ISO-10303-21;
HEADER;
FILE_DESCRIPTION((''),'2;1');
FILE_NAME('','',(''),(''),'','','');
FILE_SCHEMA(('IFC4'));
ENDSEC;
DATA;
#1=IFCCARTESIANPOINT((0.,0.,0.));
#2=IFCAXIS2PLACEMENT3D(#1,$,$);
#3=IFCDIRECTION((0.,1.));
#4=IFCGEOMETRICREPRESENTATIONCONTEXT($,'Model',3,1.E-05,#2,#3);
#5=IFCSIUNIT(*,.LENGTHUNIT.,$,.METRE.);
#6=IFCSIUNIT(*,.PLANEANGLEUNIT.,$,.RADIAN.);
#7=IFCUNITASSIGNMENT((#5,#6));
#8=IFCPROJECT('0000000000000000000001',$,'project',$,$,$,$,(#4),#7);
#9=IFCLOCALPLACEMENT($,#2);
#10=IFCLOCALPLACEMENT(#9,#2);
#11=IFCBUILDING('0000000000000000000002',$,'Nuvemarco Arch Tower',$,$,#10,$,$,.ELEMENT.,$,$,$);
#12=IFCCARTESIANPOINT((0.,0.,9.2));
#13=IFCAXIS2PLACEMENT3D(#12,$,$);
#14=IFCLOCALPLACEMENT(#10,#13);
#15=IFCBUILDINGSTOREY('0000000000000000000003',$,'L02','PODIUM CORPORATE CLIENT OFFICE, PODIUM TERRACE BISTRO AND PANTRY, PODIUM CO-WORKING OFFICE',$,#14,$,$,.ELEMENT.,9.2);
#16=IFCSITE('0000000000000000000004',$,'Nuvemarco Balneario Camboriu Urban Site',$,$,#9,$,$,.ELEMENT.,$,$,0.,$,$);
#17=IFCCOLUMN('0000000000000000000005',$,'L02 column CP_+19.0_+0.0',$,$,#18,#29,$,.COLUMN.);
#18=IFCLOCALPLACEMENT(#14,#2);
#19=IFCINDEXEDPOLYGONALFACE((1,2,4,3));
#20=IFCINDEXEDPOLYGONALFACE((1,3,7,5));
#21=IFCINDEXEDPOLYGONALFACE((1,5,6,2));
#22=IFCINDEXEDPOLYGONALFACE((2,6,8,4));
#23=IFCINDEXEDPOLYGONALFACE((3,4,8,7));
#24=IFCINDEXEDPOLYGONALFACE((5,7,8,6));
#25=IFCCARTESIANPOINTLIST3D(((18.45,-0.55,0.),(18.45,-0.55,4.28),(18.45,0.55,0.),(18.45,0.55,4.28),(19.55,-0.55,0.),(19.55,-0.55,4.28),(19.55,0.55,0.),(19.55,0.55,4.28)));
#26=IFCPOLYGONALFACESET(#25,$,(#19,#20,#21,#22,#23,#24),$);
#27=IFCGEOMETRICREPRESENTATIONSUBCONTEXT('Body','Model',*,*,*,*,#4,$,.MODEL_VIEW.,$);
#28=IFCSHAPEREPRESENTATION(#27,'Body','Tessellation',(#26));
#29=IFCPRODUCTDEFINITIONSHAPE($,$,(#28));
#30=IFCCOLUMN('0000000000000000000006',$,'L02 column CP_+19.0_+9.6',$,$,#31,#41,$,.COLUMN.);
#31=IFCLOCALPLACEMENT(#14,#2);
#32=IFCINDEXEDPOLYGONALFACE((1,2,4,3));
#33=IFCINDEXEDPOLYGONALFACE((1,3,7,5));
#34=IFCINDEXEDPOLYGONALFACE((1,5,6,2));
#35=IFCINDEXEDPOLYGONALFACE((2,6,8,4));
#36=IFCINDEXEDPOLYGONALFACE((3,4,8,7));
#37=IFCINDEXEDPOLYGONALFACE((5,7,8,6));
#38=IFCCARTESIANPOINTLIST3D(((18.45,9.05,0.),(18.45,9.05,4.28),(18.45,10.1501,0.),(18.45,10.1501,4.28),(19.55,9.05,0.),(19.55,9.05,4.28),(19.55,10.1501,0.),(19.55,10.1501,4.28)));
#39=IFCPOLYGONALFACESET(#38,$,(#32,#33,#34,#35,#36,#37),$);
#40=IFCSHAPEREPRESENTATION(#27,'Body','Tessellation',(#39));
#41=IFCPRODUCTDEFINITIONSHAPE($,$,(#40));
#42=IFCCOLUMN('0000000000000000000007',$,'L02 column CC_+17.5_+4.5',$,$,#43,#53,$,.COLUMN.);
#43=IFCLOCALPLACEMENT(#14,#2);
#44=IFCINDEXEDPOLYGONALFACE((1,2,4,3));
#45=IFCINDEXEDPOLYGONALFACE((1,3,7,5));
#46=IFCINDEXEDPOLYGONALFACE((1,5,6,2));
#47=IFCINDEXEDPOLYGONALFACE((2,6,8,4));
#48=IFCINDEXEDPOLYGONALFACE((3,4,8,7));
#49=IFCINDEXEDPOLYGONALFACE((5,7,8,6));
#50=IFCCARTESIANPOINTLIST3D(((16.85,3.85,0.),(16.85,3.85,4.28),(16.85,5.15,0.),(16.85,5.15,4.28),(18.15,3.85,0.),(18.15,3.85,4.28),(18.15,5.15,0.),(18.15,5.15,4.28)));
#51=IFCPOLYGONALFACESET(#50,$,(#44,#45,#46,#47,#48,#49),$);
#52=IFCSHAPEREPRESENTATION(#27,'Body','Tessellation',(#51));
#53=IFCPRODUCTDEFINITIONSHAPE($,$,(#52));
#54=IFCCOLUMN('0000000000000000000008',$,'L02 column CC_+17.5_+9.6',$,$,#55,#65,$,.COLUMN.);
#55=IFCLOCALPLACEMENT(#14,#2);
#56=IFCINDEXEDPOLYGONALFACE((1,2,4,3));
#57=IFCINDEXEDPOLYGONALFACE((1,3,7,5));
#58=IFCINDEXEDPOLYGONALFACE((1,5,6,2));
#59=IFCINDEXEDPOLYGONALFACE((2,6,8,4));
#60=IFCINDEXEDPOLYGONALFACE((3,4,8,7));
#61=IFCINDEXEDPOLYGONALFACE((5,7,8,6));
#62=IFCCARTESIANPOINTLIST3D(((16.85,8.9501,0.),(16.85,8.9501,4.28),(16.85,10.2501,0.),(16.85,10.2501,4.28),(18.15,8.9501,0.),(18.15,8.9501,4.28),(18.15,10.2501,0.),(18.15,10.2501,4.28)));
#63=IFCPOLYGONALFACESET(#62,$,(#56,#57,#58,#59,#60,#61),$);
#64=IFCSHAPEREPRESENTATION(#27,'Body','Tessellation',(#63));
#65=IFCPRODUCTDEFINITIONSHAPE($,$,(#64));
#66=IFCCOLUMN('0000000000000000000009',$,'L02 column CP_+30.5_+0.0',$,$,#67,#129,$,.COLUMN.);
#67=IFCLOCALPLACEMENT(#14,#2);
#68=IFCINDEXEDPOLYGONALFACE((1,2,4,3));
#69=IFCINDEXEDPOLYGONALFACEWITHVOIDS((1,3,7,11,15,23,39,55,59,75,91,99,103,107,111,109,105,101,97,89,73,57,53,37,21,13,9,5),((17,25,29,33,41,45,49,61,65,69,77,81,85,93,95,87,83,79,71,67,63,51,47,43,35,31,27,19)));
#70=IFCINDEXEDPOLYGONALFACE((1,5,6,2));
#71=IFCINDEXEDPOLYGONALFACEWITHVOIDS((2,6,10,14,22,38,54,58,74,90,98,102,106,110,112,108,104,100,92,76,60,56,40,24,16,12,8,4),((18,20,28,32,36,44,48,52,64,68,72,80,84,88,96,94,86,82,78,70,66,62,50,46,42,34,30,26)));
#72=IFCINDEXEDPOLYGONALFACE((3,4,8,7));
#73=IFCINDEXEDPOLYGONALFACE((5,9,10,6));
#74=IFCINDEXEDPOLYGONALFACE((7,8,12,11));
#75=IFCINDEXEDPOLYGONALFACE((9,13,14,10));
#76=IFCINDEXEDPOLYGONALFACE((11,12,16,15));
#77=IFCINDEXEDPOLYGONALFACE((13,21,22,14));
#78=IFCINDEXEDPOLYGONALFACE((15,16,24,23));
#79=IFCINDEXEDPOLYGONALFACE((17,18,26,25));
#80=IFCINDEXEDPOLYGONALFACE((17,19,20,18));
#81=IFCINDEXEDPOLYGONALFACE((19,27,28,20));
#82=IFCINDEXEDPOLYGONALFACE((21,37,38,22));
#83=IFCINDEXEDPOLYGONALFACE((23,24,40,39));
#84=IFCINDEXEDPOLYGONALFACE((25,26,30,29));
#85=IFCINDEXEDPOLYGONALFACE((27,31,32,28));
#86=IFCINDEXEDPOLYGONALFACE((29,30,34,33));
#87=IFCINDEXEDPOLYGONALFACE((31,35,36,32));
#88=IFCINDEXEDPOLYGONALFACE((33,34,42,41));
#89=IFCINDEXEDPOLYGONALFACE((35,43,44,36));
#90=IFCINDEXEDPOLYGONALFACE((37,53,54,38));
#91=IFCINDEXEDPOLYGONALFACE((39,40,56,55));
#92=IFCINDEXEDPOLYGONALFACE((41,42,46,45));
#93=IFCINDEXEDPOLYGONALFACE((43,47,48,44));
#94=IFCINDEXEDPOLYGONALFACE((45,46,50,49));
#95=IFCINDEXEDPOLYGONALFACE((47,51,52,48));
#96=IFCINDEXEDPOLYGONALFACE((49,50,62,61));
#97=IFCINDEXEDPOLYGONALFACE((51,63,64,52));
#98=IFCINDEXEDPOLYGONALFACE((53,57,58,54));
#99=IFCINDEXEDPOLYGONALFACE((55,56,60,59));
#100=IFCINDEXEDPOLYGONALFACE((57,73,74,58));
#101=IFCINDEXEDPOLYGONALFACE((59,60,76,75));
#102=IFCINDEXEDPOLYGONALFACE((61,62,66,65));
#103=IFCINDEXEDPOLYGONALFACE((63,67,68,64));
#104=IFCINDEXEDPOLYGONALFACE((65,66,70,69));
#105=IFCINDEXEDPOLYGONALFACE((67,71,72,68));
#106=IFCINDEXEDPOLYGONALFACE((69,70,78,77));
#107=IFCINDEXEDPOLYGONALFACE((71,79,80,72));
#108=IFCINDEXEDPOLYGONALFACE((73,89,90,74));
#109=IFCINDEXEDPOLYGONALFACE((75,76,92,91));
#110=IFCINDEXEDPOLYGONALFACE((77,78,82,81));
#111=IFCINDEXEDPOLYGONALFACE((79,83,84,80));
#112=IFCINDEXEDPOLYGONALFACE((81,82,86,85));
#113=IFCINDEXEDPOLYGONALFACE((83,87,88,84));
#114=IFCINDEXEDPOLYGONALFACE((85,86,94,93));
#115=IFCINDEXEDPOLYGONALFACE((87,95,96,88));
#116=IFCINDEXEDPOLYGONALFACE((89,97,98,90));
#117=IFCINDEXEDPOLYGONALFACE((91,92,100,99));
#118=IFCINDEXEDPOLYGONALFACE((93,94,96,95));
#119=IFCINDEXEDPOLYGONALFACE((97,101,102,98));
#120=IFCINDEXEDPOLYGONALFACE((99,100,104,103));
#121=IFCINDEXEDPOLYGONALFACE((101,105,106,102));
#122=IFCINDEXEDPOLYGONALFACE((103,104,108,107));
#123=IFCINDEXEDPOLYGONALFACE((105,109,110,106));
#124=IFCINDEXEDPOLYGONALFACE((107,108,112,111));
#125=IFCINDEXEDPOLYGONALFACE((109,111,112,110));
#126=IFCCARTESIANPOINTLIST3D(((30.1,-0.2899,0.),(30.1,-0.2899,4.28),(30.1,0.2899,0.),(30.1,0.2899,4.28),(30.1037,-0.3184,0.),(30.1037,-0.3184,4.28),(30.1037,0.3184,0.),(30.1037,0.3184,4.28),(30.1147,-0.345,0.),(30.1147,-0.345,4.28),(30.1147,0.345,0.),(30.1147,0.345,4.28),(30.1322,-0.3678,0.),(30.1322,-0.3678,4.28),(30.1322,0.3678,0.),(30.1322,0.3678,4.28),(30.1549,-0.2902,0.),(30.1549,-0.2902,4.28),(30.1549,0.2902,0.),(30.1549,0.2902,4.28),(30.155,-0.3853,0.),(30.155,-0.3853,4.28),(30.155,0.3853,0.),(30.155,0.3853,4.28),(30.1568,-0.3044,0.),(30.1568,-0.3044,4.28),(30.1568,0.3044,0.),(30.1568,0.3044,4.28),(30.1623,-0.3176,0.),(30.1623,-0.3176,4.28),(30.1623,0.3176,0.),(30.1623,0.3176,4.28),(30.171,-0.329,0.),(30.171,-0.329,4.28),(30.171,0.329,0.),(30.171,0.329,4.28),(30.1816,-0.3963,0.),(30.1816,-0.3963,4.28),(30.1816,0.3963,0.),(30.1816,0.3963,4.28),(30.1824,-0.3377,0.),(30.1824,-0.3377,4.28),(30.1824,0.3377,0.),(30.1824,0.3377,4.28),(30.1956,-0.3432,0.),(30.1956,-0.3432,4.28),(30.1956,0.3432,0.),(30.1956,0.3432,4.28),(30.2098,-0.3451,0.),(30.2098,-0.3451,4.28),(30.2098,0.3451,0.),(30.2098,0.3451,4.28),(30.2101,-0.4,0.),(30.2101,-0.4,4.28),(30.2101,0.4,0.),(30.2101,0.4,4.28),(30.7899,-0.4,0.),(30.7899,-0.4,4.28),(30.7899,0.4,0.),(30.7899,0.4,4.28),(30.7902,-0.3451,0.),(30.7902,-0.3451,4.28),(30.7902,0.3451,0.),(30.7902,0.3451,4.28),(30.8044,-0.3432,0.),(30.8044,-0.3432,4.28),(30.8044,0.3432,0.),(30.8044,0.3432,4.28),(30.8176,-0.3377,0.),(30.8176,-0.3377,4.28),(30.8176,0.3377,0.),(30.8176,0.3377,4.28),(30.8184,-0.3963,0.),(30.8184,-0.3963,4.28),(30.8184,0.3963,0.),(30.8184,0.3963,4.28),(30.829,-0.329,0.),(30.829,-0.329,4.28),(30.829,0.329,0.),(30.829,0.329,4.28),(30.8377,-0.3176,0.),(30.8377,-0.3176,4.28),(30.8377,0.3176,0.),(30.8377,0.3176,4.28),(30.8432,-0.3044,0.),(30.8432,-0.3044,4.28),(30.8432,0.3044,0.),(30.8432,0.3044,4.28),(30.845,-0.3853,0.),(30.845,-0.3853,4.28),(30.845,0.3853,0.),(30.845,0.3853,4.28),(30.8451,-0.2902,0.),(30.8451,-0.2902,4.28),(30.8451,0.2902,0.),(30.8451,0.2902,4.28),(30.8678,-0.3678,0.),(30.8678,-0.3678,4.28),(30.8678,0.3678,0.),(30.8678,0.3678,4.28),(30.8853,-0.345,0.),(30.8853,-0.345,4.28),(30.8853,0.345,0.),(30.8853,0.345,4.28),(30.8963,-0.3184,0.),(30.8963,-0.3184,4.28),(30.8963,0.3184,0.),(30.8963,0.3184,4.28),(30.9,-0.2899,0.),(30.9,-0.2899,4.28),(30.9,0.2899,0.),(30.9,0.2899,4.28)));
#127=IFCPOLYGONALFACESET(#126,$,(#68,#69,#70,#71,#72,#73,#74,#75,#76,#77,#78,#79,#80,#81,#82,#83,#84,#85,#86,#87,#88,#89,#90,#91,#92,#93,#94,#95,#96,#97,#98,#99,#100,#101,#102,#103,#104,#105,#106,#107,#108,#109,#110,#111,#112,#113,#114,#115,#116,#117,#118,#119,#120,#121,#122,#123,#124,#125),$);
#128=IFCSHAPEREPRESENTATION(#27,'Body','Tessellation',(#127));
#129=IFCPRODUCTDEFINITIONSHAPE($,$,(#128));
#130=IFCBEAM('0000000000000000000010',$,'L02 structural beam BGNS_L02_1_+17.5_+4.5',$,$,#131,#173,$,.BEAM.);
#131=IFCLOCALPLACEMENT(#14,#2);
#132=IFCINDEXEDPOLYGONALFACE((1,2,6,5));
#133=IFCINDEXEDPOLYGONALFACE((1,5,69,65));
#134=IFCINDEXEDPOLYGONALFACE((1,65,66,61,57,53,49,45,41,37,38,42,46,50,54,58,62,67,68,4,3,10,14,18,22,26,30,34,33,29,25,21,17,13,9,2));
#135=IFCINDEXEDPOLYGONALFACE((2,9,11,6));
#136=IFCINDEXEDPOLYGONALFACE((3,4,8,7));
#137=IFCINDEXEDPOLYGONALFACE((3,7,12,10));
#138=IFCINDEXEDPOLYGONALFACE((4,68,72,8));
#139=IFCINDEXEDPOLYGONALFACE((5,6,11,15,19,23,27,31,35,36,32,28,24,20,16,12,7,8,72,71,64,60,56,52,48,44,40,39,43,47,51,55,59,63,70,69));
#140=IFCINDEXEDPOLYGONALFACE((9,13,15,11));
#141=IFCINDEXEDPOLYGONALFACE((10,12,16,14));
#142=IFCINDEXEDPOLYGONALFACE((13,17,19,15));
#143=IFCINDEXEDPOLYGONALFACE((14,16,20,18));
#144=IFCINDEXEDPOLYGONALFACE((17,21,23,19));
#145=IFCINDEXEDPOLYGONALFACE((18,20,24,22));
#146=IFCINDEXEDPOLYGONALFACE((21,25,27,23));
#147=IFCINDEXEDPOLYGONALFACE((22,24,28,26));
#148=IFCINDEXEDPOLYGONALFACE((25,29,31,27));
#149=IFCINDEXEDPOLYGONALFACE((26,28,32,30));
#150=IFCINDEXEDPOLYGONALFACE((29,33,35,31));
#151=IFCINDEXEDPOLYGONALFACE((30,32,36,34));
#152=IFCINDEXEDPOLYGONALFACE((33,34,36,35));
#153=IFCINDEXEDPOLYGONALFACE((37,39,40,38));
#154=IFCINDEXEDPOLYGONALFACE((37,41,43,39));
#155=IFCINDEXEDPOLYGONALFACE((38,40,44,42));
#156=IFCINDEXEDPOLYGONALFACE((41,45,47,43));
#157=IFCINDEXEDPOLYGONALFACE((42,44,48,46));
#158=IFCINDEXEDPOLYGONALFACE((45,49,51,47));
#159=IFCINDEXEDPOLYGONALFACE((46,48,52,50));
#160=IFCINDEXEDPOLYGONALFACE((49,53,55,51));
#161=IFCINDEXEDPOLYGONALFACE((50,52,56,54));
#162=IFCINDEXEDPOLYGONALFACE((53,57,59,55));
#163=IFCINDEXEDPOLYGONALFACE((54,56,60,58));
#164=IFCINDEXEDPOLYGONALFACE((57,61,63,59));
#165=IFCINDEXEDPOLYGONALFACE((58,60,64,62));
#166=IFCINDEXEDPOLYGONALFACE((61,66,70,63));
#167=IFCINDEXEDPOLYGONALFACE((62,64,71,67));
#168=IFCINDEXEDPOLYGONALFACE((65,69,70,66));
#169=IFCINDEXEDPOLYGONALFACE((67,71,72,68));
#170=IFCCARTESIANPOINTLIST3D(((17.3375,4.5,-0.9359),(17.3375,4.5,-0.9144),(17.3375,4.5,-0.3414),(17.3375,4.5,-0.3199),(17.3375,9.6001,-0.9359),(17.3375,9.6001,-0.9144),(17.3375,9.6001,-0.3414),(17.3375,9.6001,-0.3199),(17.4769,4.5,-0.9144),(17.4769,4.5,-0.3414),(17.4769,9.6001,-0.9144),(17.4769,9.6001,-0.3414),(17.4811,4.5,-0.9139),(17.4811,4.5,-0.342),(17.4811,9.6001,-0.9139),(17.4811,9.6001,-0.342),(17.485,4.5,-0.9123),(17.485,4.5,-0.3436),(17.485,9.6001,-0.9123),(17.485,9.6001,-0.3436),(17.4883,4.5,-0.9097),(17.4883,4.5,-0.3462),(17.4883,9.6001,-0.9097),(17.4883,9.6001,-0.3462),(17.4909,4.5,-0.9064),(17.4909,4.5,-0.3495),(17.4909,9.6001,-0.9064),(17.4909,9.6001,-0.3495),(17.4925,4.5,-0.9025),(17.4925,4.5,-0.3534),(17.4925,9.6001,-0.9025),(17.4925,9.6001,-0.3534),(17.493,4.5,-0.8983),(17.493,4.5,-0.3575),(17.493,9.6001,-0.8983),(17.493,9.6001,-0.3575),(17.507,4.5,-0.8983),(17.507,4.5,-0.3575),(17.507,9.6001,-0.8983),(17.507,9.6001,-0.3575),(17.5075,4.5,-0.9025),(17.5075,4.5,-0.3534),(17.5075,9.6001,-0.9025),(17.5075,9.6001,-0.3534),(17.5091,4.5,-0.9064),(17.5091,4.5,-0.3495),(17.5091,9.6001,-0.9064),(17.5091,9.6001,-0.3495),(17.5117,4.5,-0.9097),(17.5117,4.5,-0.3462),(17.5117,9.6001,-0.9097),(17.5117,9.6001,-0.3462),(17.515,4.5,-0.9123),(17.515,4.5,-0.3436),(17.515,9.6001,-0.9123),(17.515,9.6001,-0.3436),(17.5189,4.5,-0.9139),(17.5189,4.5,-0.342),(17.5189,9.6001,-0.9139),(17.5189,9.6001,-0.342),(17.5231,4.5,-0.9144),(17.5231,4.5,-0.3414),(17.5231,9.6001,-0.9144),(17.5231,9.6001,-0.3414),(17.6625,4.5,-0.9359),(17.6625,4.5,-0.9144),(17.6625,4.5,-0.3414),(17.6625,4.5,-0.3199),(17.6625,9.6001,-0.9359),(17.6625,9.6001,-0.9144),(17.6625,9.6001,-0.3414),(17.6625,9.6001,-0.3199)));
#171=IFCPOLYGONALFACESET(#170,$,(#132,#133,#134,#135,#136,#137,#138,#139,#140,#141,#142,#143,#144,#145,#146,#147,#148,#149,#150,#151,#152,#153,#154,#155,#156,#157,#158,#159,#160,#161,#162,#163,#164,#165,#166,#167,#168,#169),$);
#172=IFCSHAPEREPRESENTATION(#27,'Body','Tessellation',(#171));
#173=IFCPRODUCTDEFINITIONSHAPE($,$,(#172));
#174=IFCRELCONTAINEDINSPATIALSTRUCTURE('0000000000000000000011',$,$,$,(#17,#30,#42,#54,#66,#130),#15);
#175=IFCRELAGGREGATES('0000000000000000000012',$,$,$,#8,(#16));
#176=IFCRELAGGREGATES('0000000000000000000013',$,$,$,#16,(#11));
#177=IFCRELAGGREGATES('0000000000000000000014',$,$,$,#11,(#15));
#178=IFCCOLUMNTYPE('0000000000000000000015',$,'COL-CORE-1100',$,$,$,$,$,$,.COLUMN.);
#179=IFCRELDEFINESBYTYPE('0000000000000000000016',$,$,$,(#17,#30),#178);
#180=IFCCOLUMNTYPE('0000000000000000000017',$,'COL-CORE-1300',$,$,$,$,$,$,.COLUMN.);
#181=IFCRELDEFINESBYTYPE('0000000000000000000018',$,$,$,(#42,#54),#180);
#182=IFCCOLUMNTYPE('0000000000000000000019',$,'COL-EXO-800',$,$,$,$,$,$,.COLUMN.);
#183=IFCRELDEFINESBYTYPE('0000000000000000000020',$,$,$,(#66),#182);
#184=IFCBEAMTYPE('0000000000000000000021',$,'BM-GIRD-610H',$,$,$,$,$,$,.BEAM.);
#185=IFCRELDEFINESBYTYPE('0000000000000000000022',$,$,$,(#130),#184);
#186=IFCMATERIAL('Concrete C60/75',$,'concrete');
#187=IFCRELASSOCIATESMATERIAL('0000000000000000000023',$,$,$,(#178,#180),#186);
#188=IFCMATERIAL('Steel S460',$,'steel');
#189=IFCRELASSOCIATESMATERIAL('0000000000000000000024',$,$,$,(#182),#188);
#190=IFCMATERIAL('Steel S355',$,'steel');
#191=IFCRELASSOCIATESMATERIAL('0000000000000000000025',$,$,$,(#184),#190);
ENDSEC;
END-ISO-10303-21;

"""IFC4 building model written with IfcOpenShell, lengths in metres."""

from ifc_helpers import new_model, si_unit, direction, frame, origin, origin_2d, place, context, subcontext, project, spatial, rectangle, hollow_rectangle, i_section, extrude, material, material_profile, profile_set, type_object, element, save


model = new_model("IFC4")

# Units and contexts
model_context = context("Model", 3, precision=1e-05, world=origin(), true_north=direction((0.0, 1.0)))
body_context = subcontext(model_context, "Body", "Model", "MODEL_VIEW")
ifc_project = project(units=[si_unit("LENGTHUNIT", "METRE"), si_unit("PLANEANGLEUNIT", "RADIAN")], contexts=[model_context])

# Site, building, storey
site_placement = place(None, origin())
site = spatial("IfcSite", under=ifc_project, at=site_placement, Name="Nuvemarco Balneario Camboriu Urban Site", CompositionType="ELEMENT", RefElevation=0.0)
building_placement = place(site_placement, origin())
building = spatial("IfcBuilding", under=site, at=building_placement, Name="Nuvemarco Arch Tower", CompositionType="ELEMENT")
storey_placement = place(building_placement, frame((0.0, 0.0, 9.2)))
storey = spatial("IfcBuildingStorey", under=building, at=storey_placement, Name="L02", Description="PODIUM CORPORATE CLIENT OFFICE, PODIUM TERRACE BISTRO AND PANTRY, PODIUM CO-WORKING OFFICE", CompositionType="ELEMENT", Elevation=9.2)

# Columns
ifc_material_1 = material(Name="Concrete C60/75", Category="concrete")
ifc_material_profile_1 = material_profile(ifc_material_1, rectangle(XDim=1.1001, YDim=1.1001, at=origin_2d()), Name="RC-COL-1100x1100")
ifc_profile_set_1 = profile_set([ifc_material_profile_1], Name="Concrete C60/75")
column_type_1 = type_object("IfcColumnType", Name="COL-CORE-1100", PredefinedType="COLUMN", material=ifc_profile_set_1)
for number, where, z_axis, x_axis, name in (
    (1, (19.0, 0.0, 0.0), (0.0, 0.0, 1.0), (1.0, 0.0, 0.0), "L02 column CP_+19.0_+0.0"),
    (2, (19.0, 9.6001, 0.0), (0.0, 0.0, 1.0), (1.0, 0.0, 0.0), "L02 column CP_+19.0_+9.6"),
):
    element("IfcColumn", number, at=place(storey_placement, frame(where, z_axis=z_axis, x_axis=x_axis)), inside=storey, type_object=column_type_1, Name=name, PredefinedType="COLUMN", context=body_context, shape_type="SweptSolid", body=[
        extrude(rectangle(XDim=1.1001, YDim=1.1001, at=origin_2d()), origin(), (0.0, 0.0, 1.0), 4.28),
    ])
ifc_material_profile_2 = material_profile(ifc_material_1, rectangle(XDim=1.3, YDim=1.3, at=origin_2d()), Name="RC-COL-1300x1300")
ifc_profile_set_2 = profile_set([ifc_material_profile_2], Name="Concrete C60/75")
column_type_2 = type_object("IfcColumnType", Name="COL-CORE-1300", PredefinedType="COLUMN", material=ifc_profile_set_2)
for number, where, z_axis, x_axis, name in (
    (3, (17.5, 4.5, 0.0), (0.0, 0.0, 1.0), (1.0, 0.0, 0.0), "L02 column CC_+17.5_+4.5"),
    (4, (17.5, 9.6001, 0.0), (0.0, 0.0, 1.0), (1.0, 0.0, 0.0), "L02 column CC_+17.5_+9.6"),
):
    element("IfcColumn", number, at=place(storey_placement, frame(where, z_axis=z_axis, x_axis=x_axis)), inside=storey, type_object=column_type_2, Name=name, PredefinedType="COLUMN", context=body_context, shape_type="SweptSolid", body=[
        extrude(rectangle(XDim=1.3, YDim=1.3, at=origin_2d()), origin(), (0.0, 0.0, 1.0), 4.28),
    ])
ifc_material_2 = material(Name="Steel S460", Category="steel")
ifc_material_profile_3 = material_profile(ifc_material_2, hollow_rectangle(XDim=0.8, YDim=0.8, WallThickness=0.0549, InnerFilletRadius=0.0549, OuterFilletRadius=0.1101, at=origin_2d()), Name="SHS800x800x55")
ifc_profile_set_3 = profile_set([ifc_material_profile_3], Name="Steel S460")
column_type_3 = type_object("IfcColumnType", Name="COL-EXO-800", PredefinedType="COLUMN", material=ifc_profile_set_3)
column_placement = place(storey_placement, frame((30.5, 0.0, 0.0), z_axis=(0.0, 0.0, 1.0), x_axis=(1.0, 0.0, 0.0)))
element("IfcColumn", 5, at=column_placement, inside=storey, type_object=column_type_3, Name="L02 column CP_+30.5_+0.0", PredefinedType="COLUMN", context=body_context, shape_type="SweptSolid", body=[
    extrude(hollow_rectangle(XDim=0.8, YDim=0.8, WallThickness=0.0549, InnerFilletRadius=0.0549, OuterFilletRadius=0.1101, at=origin_2d()), origin(), (0.0, 0.0, 1.0), 4.28),
])

# Beam
ifc_material_3 = material(Name="Steel S355", Category="steel")
ifc_material_profile_4 = material_profile(ifc_material_3, i_section(OverallWidth=0.325, OverallDepth=0.616, WebThickness=0.0139, FlangeThickness=0.0215, FilletRadius=0.0161, at=origin_2d()), Name="W610x174")
ifc_profile_set_4 = profile_set([ifc_material_profile_4], Name="Steel S355")
beam_type_1 = type_object("IfcBeamType", Name="BM-GIRD-610H", PredefinedType="BEAM", material=ifc_profile_set_4)
beam_1_placement = place(storey_placement, frame((17.5, 4.5, -0.6279), z_axis=(0.0, 1.0, 0.0), x_axis=(-1.0, 0.0, 0.0)))
element("IfcBeam", 6, at=beam_1_placement, inside=storey, type_object=beam_type_1, Name="L02 structural beam BGNS_L02_1_+17.5_+4.5", PredefinedType="BEAM", context=body_context, shape_type="SweptSolid", body=[
    extrude(i_section(OverallWidth=0.325, OverallDepth=0.616, WebThickness=0.0139, FlangeThickness=0.0215, FilletRadius=0.0161, at=origin_2d()), origin(), (0.0, 0.0, 1.0), 5.1001),
])

save(model, "model.ifc")
